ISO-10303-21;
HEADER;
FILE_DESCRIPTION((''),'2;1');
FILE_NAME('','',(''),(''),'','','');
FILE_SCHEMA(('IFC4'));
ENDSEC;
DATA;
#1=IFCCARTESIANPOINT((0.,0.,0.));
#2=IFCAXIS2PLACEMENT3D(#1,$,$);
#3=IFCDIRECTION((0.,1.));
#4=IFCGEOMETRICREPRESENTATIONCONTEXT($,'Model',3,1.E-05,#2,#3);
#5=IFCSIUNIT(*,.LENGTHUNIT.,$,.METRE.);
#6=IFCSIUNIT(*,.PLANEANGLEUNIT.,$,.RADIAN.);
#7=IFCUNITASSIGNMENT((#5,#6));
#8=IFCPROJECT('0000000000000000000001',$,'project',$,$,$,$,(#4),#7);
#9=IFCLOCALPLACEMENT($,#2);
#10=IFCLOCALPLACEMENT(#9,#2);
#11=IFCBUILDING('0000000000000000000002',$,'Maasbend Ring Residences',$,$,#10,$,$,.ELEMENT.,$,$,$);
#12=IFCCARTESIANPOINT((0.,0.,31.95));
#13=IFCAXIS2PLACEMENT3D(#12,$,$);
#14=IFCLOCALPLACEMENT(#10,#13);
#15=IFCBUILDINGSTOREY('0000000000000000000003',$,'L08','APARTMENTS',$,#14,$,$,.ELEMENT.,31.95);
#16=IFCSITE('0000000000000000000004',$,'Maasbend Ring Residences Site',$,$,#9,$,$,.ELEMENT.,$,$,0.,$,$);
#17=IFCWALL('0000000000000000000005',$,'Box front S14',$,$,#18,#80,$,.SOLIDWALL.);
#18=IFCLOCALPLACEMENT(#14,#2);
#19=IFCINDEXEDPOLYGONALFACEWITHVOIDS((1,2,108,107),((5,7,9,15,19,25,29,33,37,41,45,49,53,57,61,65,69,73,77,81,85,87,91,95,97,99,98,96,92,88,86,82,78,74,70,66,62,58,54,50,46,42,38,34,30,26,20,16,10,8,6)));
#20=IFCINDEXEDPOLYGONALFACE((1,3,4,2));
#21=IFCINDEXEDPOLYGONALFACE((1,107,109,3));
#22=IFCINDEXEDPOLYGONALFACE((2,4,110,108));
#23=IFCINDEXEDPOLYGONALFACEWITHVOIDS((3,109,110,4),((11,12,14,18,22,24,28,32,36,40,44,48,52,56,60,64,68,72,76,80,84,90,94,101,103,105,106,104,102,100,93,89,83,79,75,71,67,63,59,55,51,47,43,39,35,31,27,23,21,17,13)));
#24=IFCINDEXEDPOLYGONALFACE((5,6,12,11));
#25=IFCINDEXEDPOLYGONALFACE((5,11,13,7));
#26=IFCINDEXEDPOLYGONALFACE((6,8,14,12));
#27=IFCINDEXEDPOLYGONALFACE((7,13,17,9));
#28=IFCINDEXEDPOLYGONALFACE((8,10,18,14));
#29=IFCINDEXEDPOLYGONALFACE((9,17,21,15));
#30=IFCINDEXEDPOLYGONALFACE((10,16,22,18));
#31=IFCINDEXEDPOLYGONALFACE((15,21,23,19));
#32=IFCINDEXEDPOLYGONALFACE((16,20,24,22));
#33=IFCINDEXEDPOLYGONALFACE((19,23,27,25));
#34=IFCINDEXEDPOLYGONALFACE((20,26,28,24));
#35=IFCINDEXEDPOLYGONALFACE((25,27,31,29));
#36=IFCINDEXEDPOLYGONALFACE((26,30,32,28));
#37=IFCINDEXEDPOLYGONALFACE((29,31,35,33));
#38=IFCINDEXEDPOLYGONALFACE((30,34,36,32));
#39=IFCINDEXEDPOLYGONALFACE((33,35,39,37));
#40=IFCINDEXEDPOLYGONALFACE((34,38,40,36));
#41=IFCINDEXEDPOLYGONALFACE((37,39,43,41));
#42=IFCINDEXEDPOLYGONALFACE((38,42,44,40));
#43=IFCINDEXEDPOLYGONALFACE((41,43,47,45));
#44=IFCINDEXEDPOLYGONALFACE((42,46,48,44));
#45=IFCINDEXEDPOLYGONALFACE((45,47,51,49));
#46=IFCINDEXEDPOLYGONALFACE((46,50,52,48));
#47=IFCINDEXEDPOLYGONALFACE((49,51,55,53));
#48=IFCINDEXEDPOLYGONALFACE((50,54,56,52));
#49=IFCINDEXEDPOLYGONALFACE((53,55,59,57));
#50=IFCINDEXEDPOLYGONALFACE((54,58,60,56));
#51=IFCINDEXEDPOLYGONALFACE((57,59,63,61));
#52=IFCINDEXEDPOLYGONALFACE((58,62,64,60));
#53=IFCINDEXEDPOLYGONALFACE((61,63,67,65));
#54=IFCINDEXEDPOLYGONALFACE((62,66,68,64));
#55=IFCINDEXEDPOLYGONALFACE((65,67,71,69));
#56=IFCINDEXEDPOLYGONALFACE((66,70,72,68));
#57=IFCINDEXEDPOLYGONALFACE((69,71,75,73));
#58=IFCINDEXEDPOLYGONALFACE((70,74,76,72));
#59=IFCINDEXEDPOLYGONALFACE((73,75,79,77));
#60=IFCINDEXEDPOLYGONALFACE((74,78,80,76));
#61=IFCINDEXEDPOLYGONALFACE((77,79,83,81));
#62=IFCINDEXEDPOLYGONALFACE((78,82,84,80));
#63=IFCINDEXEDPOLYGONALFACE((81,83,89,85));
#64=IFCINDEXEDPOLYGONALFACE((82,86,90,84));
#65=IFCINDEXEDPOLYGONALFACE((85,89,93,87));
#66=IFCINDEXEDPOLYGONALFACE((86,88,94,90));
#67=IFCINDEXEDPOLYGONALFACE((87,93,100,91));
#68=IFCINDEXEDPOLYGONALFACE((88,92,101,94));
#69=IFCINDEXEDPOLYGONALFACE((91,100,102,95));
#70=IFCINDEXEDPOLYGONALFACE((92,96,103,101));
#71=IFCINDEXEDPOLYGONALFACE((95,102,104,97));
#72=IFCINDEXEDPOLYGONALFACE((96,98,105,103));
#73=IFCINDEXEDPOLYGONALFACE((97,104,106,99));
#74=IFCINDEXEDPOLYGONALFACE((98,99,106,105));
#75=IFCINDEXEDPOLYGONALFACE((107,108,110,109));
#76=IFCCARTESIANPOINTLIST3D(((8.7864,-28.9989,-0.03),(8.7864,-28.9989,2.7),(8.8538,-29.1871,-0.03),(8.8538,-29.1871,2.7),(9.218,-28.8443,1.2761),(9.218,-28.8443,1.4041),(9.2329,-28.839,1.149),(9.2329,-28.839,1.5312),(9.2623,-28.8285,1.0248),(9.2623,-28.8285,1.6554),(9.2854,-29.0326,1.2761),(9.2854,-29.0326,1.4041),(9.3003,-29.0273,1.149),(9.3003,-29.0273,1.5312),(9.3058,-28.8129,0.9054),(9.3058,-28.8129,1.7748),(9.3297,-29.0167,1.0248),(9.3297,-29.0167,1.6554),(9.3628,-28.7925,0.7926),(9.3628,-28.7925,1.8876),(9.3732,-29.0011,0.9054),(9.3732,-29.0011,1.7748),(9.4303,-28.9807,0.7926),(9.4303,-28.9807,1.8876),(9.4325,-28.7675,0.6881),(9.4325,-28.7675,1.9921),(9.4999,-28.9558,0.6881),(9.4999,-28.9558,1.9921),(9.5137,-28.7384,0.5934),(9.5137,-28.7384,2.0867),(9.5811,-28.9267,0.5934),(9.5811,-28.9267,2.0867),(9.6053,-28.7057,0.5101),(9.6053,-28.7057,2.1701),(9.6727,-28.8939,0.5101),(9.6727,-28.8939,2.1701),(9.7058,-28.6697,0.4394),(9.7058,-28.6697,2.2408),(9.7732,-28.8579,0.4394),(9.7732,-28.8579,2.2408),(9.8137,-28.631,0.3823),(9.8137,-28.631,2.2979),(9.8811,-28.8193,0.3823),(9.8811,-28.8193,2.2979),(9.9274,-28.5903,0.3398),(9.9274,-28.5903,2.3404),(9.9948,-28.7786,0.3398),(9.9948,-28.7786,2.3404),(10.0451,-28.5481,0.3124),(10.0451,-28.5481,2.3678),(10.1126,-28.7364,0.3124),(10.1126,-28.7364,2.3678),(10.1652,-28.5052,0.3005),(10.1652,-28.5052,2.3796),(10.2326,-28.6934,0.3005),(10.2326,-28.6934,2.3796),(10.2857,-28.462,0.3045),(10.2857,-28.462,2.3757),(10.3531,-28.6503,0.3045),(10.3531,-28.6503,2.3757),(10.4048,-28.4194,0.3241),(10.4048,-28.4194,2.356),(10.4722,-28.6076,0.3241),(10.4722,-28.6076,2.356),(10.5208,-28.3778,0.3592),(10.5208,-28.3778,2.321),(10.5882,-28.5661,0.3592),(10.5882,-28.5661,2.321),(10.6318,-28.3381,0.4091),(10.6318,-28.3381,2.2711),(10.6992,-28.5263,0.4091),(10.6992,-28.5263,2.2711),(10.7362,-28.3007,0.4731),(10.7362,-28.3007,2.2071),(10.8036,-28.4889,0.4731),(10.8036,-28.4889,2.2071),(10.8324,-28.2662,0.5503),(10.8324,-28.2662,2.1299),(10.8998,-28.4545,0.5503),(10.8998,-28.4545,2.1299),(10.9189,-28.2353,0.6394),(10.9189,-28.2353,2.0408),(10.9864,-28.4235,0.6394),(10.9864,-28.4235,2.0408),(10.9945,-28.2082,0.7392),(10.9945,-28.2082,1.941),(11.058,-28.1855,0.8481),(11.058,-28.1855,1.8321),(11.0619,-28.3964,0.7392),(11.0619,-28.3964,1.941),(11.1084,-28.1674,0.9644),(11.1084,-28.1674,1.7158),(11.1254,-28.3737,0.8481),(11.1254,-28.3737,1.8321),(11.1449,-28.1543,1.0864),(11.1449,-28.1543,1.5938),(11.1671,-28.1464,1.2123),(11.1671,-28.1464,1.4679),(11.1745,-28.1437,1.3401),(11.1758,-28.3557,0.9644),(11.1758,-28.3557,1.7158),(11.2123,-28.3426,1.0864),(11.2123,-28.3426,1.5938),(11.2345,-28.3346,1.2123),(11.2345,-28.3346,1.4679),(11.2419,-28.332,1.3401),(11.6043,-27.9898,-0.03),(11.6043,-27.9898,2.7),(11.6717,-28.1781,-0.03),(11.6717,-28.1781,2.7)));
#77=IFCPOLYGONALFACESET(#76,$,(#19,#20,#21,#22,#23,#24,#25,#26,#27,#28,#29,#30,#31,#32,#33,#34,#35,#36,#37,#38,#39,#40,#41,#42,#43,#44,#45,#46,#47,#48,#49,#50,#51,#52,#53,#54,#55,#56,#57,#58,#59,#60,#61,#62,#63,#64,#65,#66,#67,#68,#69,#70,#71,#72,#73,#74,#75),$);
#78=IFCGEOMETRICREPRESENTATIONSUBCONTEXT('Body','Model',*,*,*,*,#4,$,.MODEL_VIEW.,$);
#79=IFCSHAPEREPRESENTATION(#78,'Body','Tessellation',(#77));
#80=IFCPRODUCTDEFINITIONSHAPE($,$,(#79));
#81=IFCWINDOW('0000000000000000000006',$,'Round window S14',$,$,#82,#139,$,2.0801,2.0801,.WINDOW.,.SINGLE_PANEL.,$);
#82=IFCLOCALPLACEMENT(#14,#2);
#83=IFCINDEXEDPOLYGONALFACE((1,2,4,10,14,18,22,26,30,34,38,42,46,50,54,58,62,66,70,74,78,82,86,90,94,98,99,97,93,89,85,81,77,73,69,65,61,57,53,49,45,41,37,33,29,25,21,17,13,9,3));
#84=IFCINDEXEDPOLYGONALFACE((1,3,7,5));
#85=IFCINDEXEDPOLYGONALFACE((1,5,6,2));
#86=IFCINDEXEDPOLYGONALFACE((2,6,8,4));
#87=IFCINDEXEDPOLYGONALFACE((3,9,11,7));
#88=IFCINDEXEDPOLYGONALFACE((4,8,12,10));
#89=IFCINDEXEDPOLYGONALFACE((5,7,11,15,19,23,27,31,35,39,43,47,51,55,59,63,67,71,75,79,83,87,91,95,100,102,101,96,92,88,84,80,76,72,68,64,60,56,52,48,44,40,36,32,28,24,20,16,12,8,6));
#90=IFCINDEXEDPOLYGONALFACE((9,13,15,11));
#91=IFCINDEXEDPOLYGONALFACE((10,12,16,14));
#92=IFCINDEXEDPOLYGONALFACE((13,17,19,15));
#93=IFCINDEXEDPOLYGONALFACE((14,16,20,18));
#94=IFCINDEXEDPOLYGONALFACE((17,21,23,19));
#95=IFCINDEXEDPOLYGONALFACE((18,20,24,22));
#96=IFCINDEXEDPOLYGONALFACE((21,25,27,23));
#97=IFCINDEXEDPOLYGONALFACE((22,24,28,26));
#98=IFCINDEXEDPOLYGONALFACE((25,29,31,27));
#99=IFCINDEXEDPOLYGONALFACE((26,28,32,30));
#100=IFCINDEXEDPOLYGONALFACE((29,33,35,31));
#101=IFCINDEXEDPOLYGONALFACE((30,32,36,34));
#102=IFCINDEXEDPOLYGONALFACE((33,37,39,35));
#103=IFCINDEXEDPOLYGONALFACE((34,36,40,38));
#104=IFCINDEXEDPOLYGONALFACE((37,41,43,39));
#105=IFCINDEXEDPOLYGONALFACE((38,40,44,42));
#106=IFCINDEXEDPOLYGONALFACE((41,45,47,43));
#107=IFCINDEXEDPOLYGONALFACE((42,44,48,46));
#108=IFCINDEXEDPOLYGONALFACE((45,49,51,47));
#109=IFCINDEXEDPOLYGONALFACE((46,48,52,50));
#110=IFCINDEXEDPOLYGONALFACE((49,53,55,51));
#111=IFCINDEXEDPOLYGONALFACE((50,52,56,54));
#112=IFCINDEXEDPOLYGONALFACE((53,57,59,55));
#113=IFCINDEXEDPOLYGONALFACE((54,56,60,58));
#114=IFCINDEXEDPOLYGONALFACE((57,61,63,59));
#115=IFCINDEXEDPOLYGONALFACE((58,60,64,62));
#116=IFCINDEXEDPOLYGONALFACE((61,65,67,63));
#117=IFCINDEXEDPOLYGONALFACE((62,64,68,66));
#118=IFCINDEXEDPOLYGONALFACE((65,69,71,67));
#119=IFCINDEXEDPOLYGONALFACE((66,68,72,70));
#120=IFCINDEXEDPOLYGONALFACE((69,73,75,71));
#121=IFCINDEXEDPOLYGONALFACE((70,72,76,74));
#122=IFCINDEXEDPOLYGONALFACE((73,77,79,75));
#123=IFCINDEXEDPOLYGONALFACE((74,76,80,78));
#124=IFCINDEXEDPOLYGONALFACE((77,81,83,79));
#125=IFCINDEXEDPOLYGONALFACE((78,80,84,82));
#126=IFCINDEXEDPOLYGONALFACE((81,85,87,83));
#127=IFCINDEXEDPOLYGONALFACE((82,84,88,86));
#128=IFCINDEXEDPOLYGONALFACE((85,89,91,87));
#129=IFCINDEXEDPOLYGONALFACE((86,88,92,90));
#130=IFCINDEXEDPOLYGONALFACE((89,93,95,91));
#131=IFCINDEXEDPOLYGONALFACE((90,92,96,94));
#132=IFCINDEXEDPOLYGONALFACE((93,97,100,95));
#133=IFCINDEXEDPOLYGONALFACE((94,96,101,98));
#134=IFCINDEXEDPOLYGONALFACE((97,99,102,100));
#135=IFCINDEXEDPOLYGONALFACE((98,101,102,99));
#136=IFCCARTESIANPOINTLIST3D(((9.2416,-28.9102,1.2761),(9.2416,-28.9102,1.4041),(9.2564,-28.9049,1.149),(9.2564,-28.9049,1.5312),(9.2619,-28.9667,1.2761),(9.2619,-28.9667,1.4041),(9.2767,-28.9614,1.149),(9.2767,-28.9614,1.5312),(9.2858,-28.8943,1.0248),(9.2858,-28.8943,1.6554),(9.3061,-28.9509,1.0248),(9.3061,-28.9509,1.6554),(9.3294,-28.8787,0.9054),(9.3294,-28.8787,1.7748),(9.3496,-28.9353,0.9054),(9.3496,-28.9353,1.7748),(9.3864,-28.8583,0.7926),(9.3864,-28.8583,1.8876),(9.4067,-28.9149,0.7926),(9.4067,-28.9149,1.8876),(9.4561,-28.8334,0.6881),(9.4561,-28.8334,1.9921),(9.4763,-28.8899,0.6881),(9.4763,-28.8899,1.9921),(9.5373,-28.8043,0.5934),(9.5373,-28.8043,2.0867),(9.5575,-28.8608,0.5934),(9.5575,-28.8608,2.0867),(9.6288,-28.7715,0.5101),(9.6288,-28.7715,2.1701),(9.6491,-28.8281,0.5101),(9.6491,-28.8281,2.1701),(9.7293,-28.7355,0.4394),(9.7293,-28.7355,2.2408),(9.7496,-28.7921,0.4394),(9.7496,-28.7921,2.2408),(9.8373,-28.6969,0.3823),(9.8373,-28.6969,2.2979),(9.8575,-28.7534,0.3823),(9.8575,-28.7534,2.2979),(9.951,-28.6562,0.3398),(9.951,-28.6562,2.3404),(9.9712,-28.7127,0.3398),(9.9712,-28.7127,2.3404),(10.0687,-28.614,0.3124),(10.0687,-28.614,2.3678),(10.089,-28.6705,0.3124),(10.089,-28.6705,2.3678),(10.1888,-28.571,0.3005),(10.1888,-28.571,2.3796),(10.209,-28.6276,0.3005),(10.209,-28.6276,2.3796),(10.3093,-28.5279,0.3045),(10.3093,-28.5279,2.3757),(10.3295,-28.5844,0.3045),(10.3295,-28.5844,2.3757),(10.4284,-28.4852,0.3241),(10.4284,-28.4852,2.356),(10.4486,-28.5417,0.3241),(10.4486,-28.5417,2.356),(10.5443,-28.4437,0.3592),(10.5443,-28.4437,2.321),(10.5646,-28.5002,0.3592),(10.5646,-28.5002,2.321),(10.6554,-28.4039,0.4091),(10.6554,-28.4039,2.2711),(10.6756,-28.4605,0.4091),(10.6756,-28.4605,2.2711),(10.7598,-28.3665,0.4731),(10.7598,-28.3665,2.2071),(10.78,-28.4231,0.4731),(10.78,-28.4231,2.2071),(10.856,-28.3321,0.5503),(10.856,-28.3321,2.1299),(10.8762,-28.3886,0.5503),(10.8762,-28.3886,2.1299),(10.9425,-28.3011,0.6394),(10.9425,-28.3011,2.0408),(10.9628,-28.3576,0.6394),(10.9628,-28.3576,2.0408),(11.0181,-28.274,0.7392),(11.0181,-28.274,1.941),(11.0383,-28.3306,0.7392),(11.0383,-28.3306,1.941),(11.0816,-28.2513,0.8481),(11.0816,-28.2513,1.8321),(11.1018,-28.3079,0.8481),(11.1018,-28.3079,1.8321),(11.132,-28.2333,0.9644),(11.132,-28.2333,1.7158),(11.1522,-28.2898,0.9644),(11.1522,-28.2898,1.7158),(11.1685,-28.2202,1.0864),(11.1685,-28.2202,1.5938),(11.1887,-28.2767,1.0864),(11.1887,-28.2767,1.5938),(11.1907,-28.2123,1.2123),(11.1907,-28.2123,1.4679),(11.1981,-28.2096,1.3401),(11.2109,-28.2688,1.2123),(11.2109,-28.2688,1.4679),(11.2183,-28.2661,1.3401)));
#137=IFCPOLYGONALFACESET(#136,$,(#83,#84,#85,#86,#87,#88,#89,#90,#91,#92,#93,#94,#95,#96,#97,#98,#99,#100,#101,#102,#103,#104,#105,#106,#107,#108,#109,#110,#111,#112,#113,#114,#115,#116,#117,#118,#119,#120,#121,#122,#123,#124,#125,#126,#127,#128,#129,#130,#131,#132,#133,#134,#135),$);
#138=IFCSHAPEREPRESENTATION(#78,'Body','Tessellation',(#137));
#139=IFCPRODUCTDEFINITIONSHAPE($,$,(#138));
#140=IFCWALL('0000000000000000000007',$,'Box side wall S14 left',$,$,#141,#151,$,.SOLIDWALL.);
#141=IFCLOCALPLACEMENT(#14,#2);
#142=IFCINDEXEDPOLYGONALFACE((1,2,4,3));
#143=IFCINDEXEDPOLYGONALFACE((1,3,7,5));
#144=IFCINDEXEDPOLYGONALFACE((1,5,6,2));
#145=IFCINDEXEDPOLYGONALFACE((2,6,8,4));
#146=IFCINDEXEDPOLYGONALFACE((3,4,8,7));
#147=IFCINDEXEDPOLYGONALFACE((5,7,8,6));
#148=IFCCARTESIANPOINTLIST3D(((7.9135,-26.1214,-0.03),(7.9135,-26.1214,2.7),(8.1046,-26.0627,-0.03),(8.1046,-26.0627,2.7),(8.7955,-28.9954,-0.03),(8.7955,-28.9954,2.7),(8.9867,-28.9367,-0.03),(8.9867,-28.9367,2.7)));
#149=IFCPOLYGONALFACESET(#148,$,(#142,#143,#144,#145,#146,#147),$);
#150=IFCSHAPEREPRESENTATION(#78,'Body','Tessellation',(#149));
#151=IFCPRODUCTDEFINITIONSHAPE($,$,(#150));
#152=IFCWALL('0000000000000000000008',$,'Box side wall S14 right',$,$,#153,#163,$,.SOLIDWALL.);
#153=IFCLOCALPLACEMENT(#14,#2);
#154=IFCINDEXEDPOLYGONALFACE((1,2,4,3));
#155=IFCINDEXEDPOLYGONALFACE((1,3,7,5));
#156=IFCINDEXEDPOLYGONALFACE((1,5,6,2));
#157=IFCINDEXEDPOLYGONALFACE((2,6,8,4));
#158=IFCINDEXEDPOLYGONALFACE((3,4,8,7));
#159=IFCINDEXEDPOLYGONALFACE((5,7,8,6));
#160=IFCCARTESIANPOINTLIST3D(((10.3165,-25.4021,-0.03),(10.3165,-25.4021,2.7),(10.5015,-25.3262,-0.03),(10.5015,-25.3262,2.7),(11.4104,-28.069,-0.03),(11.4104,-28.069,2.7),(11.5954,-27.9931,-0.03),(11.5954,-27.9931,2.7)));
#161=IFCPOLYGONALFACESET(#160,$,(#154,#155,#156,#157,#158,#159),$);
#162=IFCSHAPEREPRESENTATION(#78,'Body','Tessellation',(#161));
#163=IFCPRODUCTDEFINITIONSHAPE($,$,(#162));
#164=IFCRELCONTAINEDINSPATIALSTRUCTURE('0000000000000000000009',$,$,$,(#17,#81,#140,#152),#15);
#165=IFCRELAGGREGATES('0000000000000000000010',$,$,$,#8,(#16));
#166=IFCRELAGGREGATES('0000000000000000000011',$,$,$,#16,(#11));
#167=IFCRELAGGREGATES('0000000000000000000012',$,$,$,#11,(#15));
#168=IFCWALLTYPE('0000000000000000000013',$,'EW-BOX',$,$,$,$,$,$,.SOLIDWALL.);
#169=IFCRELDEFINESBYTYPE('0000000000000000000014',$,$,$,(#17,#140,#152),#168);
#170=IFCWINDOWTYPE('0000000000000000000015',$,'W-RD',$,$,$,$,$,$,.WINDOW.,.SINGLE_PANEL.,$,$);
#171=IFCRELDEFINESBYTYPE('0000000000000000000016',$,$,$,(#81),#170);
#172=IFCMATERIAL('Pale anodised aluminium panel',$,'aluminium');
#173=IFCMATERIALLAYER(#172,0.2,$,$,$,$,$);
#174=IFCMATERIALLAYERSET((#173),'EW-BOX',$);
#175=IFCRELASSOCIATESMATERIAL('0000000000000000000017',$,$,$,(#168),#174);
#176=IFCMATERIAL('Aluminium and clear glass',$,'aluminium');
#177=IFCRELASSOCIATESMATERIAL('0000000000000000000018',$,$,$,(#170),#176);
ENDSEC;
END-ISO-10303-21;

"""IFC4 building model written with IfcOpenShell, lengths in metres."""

from ifc_helpers import new_model, si_unit, direction, frame, frame_2d, origin, place, context, subcontext, project, spatial, rectangle, circle, extrude, material, layer, layer_set, type_object, element, fill, save


model = new_model("IFC4")

# Units and contexts
model_context = context("Model", 3, precision=1e-05, world=origin(), true_north=direction((0.0, 1.0)))
body_context = subcontext(model_context, "Body", "Model", "MODEL_VIEW")
ifc_project = project(units=[si_unit("LENGTHUNIT", "METRE"), si_unit("PLANEANGLEUNIT", "RADIAN")], contexts=[model_context])

# Site, building, storey
site_placement = place(None, origin())
site = spatial("IfcSite", under=ifc_project, at=site_placement, Name="Maasbend Ring Residences Site", CompositionType="ELEMENT", RefElevation=0.0)
building_placement = place(site_placement, origin())
building = spatial("IfcBuilding", under=site, at=building_placement, Name="Maasbend Ring Residences", CompositionType="ELEMENT")
storey_placement = place(building_placement, frame((0.0, 0.0, 31.95)))
storey = spatial("IfcBuildingStorey", under=building, at=storey_placement, Name="L08", Description="APARTMENTS", CompositionType="ELEMENT", Elevation=31.95)

# Shared definitions
ifc_material_1 = material(Name="Pale anodised aluminium panel", Category="aluminium")
ifc_layer_1 = layer(ifc_material_1, 0.2)
ifc_layer_set_1 = layer_set([ifc_layer_1], Name="EW-BOX")
wall_type_1 = type_object("IfcWallType", Name="EW-BOX", PredefinedType="SOLIDWALL", material=ifc_layer_set_1)
ifc_material_2 = material(Name="Aluminium and clear glass", Category="aluminium")
window_type_1 = type_object("IfcWindowType", Name="W-RD", PartitioningType="SINGLE_PANEL", PredefinedType="WINDOW", material=ifc_material_2)

# Wall, opening, window
wall_1_placement = place(storey_placement, frame((8.8201, -29.093, -0.03), z_axis=(0.0, 0.0, 1.0), x_axis=(0.941461, 0.337122, 0.0)))
wall_1 = element("IfcWall", 1, at=wall_1_placement, inside=storey, type_object=wall_type_1, Name="Box front S14", PredefinedType="SOLIDWALL", context=body_context, shape_type="SweptSolid", body=[
    extrude(rectangle(XDim=2.9932, YDim=0.2, at=frame_2d((1.4966, 0.0))), origin(), (0.0, 0.0, 1.0), 2.73),
])
opening_1_placement = place(wall_1_placement, frame((0.4565, 0.0, 0.3301)))
opening_1 = element("IfcOpeningElement", 2, at=opening_1_placement, cuts=wall_1, PredefinedType="OPENING", context=body_context, shape_type="SweptSolid", body=[
    extrude(circle(Radius=1.04, at=frame_2d((1.04, 1.04))), frame((0.0, 0.1099, 0.0), z_axis=(0.0, -1.0, 0.0), x_axis=(1.0, 0.0, 0.0)), (0.0, 0.0, 1.0), 0.22),
])
window_1_placement = place(opening_1_placement, origin())
window_1 = element("IfcWindow", 3, at=window_1_placement, inside=storey, type_object=window_type_1, Name="Round window S14", OverallHeight=2.0801, OverallWidth=2.0801, PartitioningType="SINGLE_PANEL", PredefinedType="WINDOW", context=body_context, shape_type="SweptSolid", body=[
    extrude(circle(Radius=1.04, at=frame_2d((1.04, 1.04))), frame((0.0, 0.03, 0.0), z_axis=(0.0, -1.0, 0.0), x_axis=(1.0, 0.0, 0.0)), (0.0, 0.0, 1.0), 0.0601),
])
fill(opening_1, window_1)

# Walls
wall_2_placement = place(storey_placement, frame((8.009, -26.092, -0.03), z_axis=(0.0, 0.0, 1.0), x_axis=(0.293407, -0.955988, 0.0)))
element("IfcWall", 4, at=wall_2_placement, inside=storey, type_object=wall_type_1, Name="Box side wall S14 left", PredefinedType="SOLIDWALL", context=body_context, shape_type="SweptSolid", body=[
    extrude(rectangle(XDim=3.0063, YDim=0.2, at=frame_2d((1.5032, 0.0))), origin(), (0.0, 0.0, 1.0), 2.73),
])
wall_3_placement = place(storey_placement, frame((10.4089, -25.364, -0.03), z_axis=(0.0, 0.0, 1.0), x_axis=(0.37951, -0.925188, 0.0)))
element("IfcWall", 5, at=wall_3_placement, inside=storey, type_object=wall_type_1, Name="Box side wall S14 right", PredefinedType="SOLIDWALL", context=body_context, shape_type="SweptSolid", body=[
    extrude(rectangle(XDim=2.8826, YDim=0.2, at=frame_2d((1.4414, 0.0))), origin(), (0.0, 0.0, 1.0), 2.73),
])

save(model, "model.ifc")
